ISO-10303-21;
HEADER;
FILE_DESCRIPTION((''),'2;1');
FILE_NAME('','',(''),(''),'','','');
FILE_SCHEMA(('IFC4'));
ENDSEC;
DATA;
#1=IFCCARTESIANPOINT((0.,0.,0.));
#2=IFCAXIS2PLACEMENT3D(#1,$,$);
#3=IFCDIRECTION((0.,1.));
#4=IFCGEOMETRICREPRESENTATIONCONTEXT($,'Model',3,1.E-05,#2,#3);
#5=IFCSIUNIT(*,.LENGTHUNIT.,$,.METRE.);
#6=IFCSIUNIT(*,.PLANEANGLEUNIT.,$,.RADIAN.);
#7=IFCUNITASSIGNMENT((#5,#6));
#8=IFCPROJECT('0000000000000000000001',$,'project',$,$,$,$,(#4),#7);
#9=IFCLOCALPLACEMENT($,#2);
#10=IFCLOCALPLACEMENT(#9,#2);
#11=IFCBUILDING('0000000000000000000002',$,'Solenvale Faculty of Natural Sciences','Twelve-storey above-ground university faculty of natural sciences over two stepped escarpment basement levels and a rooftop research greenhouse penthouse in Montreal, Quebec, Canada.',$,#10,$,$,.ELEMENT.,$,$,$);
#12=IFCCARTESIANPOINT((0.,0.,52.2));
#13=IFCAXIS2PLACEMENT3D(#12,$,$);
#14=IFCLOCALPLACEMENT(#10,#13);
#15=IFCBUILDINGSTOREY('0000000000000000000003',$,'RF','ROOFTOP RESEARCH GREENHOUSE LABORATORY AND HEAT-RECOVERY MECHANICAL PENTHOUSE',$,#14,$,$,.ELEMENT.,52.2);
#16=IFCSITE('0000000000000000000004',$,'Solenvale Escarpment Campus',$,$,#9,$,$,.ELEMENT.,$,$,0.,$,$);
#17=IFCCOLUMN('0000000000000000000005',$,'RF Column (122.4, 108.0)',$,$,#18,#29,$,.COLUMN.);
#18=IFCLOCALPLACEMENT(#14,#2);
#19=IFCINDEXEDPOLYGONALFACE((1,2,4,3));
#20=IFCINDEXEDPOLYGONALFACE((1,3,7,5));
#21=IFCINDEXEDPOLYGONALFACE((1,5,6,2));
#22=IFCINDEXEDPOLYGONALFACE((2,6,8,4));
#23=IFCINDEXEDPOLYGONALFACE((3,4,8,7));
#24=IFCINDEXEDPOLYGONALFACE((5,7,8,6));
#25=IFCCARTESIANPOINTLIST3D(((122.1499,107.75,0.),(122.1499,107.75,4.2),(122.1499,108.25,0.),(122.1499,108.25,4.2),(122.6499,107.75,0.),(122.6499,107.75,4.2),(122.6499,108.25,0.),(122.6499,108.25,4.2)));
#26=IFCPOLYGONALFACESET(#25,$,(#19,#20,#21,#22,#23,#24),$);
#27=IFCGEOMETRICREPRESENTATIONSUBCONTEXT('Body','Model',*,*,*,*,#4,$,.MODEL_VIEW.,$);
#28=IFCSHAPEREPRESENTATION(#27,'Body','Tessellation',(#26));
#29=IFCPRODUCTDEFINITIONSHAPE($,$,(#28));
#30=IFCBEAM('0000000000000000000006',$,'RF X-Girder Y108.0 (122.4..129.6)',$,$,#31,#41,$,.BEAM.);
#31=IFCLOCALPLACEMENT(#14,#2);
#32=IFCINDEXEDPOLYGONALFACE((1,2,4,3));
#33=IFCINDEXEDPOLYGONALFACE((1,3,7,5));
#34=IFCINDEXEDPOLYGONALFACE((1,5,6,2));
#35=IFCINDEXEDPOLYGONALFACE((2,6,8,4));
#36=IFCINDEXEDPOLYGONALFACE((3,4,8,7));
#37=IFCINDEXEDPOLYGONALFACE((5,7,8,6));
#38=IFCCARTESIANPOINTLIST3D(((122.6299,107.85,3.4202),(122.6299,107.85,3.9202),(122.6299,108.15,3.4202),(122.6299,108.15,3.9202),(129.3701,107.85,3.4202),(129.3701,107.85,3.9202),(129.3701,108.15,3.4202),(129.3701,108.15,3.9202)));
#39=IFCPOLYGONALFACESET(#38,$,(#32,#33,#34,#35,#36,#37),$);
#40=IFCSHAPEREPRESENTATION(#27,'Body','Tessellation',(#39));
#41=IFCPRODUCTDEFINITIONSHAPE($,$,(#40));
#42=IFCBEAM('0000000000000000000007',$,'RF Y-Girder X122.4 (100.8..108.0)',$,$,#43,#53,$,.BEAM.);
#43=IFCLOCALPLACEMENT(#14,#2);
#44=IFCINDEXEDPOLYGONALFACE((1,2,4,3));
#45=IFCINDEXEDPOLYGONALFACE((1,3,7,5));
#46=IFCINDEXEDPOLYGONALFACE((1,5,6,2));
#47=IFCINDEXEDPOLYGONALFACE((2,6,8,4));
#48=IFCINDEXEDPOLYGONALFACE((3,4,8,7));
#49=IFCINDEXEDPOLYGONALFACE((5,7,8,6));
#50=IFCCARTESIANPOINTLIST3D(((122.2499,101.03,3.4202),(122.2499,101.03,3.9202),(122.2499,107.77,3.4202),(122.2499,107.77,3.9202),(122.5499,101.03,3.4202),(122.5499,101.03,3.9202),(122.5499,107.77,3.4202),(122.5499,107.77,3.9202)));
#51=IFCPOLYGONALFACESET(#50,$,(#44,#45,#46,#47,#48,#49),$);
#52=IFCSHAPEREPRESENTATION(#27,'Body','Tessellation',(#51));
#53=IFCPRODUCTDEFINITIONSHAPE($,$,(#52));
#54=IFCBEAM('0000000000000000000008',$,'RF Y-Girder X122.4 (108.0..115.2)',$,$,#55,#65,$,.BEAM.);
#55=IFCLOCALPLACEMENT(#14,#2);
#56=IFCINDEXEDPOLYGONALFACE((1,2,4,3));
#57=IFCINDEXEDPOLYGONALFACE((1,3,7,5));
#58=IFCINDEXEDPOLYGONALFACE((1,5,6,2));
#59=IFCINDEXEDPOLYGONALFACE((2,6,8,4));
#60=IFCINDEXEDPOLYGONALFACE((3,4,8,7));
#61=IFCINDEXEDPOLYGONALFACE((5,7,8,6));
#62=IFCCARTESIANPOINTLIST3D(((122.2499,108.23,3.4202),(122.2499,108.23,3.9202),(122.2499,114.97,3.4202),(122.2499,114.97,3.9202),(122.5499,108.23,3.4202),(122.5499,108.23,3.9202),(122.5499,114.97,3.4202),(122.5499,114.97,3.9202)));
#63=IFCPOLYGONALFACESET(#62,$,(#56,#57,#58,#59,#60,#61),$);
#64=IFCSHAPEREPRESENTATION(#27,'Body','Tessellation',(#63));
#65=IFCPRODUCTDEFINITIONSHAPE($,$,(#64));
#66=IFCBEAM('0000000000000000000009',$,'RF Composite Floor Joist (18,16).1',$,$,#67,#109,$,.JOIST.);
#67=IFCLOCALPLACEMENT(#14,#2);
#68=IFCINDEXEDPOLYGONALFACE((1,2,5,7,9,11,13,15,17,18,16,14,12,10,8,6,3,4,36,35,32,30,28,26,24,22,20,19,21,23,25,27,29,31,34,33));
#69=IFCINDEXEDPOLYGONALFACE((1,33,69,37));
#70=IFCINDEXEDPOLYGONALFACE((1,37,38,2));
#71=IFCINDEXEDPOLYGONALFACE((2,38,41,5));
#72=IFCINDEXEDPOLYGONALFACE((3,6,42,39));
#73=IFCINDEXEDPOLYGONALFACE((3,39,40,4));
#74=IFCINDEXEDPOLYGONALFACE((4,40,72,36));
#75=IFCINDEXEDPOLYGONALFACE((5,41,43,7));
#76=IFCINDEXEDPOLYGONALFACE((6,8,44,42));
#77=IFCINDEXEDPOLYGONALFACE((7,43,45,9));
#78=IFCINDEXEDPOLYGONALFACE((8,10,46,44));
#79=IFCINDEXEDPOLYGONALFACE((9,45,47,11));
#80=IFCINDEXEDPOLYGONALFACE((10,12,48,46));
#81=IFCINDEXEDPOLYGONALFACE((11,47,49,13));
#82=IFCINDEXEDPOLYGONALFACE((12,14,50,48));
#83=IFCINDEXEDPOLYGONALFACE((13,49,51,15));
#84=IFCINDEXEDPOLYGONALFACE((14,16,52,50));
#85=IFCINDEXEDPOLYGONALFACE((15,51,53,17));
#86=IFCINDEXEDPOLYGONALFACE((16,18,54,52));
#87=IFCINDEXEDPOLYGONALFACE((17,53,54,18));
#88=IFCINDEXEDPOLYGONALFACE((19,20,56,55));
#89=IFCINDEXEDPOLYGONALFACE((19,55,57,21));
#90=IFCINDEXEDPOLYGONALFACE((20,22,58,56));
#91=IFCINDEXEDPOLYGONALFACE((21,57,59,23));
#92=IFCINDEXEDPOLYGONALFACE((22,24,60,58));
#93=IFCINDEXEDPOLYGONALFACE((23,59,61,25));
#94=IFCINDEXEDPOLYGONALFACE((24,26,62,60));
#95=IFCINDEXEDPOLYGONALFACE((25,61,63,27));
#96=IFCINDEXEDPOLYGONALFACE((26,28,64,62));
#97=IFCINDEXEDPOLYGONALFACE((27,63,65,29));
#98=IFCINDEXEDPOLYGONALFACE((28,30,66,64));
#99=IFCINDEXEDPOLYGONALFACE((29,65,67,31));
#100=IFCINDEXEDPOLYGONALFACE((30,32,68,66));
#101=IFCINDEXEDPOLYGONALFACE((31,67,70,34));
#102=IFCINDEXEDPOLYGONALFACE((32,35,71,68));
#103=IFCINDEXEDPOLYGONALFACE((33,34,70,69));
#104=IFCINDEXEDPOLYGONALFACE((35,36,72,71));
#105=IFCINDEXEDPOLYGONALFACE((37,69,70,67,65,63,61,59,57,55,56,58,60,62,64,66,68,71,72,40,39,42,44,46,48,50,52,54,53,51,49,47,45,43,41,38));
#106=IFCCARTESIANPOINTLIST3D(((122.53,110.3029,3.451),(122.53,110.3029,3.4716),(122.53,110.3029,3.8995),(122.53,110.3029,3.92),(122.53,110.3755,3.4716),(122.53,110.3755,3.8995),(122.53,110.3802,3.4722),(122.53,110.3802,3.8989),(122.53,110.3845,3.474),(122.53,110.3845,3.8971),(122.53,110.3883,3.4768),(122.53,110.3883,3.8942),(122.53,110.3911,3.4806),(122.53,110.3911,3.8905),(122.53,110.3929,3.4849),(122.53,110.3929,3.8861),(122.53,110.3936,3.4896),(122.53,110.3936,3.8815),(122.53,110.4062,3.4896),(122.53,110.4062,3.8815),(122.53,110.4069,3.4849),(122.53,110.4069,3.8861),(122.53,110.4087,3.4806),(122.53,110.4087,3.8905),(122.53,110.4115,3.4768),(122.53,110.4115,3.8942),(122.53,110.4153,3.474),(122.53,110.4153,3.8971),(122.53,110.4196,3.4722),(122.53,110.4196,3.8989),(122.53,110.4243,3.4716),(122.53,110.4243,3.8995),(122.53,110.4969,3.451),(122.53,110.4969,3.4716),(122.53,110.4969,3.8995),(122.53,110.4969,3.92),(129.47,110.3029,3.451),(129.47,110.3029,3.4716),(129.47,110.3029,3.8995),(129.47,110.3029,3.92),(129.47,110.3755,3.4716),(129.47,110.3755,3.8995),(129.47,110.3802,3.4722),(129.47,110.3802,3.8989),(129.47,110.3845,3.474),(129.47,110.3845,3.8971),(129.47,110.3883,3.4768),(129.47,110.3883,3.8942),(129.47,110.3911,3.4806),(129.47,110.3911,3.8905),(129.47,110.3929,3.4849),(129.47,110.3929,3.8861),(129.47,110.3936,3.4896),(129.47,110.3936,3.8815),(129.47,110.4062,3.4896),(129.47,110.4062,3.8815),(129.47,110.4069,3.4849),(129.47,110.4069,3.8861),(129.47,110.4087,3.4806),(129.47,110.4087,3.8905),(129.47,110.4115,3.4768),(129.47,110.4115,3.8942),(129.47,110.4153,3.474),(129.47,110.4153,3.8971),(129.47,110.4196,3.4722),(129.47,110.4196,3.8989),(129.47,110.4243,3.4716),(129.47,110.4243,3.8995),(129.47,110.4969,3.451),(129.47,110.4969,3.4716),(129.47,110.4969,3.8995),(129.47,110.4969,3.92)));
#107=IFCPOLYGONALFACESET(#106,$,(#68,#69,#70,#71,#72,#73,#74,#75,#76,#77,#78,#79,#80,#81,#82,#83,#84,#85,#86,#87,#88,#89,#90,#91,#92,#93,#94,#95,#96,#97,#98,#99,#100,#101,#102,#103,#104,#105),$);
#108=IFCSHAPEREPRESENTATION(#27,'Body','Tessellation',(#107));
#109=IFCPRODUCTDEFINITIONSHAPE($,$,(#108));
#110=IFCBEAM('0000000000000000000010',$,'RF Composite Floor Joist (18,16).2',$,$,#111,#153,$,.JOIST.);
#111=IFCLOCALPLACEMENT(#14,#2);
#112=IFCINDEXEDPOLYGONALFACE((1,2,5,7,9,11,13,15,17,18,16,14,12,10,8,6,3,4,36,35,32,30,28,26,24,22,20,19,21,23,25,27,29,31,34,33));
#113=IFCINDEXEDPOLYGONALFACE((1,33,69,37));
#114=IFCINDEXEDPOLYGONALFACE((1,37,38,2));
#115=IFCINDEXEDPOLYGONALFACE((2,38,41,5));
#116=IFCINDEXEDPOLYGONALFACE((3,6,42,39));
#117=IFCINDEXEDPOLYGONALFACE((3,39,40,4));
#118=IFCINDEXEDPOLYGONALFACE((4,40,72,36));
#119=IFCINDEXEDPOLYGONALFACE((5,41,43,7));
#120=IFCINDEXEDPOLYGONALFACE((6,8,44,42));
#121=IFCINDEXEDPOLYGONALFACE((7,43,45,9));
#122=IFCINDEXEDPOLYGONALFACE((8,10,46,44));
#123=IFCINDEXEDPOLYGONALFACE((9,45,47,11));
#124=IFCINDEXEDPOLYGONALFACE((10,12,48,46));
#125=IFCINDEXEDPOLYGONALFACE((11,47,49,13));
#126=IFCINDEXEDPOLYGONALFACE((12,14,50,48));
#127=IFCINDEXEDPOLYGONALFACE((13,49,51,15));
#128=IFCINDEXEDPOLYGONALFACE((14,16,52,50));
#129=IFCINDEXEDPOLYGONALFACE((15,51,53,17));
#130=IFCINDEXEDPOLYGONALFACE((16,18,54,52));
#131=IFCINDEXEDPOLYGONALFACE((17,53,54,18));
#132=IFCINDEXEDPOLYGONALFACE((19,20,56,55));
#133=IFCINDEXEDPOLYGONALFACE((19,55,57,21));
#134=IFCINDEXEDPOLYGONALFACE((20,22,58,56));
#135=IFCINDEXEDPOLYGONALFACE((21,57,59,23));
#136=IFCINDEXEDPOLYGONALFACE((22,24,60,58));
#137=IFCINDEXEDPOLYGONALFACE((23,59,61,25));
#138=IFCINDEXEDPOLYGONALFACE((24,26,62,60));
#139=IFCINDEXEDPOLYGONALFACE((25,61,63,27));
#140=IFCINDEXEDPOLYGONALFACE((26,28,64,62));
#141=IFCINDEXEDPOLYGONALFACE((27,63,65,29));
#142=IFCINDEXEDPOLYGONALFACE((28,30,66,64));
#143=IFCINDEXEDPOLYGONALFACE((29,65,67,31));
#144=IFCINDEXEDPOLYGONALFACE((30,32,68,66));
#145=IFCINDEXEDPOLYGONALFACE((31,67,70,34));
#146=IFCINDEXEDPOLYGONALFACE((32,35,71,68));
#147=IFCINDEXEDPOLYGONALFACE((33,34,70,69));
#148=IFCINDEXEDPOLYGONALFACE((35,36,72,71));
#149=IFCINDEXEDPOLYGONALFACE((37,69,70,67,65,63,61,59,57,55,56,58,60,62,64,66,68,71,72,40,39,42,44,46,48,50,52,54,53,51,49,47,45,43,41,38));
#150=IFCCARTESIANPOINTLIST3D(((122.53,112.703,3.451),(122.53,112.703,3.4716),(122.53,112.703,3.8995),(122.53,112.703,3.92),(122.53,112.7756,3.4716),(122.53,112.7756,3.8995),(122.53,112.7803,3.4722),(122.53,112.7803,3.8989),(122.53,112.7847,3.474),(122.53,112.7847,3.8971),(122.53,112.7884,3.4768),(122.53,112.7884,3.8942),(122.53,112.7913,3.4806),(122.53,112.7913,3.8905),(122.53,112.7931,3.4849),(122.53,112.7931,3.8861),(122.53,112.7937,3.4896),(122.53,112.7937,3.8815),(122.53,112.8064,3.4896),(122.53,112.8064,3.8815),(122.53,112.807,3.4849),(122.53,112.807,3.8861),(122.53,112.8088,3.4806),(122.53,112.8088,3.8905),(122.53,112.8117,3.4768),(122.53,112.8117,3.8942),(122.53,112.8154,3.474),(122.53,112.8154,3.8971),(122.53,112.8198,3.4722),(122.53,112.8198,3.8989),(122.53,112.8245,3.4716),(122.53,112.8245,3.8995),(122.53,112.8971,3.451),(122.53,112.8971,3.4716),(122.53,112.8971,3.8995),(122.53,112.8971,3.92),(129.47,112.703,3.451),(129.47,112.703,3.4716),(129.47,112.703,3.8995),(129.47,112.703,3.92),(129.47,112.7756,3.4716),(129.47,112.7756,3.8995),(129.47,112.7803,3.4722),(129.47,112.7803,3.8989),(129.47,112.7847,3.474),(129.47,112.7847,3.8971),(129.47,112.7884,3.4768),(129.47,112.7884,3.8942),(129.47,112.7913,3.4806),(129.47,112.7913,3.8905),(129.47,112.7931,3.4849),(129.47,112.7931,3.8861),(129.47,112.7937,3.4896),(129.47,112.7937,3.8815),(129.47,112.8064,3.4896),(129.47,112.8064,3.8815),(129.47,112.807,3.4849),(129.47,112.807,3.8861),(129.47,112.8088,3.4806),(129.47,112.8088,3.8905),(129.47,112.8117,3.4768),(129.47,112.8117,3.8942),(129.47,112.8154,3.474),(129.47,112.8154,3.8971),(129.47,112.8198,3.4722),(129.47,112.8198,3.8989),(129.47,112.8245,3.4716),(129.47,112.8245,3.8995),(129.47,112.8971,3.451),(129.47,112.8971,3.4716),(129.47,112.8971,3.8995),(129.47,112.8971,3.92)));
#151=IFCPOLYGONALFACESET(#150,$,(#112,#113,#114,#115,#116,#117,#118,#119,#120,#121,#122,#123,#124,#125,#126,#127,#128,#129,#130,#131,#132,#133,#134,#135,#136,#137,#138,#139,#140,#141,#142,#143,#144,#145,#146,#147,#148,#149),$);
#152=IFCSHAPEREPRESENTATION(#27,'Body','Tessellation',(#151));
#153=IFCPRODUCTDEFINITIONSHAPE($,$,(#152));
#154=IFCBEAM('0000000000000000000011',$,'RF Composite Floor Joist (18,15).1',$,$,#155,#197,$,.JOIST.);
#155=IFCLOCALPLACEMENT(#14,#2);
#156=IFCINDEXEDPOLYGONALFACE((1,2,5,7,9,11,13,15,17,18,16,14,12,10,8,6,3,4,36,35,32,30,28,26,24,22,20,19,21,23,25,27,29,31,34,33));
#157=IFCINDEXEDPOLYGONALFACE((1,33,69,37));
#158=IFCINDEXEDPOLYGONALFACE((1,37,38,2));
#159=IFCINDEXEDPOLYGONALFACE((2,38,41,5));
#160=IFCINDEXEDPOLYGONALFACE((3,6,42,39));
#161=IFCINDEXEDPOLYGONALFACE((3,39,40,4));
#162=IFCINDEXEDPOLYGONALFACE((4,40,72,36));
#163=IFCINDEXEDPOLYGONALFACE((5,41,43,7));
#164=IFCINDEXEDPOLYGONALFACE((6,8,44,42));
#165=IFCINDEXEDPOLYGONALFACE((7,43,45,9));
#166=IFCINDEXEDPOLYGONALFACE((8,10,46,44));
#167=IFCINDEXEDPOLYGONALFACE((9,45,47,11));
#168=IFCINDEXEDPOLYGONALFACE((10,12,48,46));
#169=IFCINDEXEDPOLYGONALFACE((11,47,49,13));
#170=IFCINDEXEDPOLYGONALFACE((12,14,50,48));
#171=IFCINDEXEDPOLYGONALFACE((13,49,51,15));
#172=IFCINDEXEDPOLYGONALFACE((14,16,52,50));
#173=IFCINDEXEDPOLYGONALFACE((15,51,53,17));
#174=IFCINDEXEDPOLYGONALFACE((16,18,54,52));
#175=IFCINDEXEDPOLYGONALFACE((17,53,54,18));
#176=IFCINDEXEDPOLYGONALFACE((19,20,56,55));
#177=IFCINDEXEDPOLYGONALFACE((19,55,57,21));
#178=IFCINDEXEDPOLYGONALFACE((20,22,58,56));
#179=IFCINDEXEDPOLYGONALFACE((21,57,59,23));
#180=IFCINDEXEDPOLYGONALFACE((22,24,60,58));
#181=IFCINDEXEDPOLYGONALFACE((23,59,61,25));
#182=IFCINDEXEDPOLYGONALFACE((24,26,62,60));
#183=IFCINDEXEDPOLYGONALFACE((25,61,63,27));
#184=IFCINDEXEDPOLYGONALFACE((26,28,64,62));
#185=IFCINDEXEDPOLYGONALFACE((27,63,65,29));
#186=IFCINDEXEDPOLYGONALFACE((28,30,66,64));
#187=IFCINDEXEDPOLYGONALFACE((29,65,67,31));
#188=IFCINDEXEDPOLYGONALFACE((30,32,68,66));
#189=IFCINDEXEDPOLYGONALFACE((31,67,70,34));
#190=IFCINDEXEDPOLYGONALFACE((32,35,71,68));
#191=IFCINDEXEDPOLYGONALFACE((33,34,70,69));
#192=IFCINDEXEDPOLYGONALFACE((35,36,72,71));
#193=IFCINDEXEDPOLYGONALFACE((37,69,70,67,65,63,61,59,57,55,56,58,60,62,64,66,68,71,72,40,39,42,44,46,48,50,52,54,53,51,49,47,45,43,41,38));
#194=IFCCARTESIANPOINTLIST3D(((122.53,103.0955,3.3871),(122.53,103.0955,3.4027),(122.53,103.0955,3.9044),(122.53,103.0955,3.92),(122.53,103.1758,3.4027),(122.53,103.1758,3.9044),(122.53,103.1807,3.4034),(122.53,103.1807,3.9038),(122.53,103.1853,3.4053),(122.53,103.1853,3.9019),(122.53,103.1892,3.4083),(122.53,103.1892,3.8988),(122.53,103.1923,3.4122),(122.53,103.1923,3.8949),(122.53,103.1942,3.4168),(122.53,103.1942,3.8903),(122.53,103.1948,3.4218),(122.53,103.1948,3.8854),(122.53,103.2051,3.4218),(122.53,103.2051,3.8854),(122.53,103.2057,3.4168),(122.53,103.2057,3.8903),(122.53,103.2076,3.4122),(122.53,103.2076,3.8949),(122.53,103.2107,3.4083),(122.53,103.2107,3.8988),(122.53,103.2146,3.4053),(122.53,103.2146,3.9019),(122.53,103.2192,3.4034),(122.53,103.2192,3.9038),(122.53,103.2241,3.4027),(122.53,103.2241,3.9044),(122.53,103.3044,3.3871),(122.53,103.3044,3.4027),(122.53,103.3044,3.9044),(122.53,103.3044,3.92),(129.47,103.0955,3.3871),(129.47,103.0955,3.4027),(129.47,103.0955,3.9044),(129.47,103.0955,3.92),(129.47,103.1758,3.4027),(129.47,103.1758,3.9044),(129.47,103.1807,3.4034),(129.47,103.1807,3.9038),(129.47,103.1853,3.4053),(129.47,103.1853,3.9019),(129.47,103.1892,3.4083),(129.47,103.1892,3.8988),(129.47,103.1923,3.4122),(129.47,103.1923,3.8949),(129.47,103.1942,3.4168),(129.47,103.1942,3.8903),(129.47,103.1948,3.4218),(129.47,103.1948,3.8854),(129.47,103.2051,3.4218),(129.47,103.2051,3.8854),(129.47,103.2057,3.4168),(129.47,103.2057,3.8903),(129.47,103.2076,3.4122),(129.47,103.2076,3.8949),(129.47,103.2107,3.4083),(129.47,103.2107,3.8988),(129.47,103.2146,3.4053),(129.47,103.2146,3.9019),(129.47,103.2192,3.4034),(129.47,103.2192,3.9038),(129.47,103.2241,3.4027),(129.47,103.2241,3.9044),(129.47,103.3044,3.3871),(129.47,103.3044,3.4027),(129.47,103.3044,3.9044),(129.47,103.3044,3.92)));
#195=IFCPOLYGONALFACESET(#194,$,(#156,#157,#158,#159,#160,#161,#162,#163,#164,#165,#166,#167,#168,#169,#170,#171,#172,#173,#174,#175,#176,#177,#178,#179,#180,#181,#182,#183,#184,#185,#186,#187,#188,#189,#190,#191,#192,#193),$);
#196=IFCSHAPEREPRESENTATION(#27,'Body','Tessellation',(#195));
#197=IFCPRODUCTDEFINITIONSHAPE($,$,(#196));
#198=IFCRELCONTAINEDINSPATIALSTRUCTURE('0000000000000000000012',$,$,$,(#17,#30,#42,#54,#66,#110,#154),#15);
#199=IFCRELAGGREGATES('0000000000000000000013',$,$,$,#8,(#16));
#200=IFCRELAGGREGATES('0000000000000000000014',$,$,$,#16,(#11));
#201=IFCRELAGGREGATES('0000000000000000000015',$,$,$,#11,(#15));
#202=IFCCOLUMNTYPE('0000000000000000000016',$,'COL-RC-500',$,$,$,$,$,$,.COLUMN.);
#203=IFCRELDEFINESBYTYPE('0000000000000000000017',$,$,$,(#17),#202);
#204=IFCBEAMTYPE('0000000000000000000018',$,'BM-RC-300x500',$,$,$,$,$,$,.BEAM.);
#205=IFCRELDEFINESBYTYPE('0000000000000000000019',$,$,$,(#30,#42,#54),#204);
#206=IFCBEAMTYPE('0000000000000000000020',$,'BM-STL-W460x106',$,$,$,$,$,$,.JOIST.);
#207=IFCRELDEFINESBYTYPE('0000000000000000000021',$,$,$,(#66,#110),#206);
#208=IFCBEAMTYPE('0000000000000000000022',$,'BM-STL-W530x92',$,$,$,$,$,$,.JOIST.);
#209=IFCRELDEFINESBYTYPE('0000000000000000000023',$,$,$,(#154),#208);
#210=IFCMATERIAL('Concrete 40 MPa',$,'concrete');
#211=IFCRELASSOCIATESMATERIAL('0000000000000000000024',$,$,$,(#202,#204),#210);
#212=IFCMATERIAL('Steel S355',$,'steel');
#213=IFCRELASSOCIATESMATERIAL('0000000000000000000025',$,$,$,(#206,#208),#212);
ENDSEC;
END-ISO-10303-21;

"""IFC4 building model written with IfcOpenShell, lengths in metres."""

from ifc_helpers import new_model, si_unit, direction, frame, origin, origin_2d, place, context, subcontext, project, spatial, rectangle, i_section, extrude, material, material_profile, profile_set, type_object, element, save


model = new_model("IFC4")

# Units and contexts
model_context = context("Model", 3, precision=1e-05, world=origin(), true_north=direction((0.0, 1.0)))
body_context = subcontext(model_context, "Body", "Model", "MODEL_VIEW")
ifc_project = project(units=[si_unit("LENGTHUNIT", "METRE"), si_unit("PLANEANGLEUNIT", "RADIAN")], contexts=[model_context])

# Site, building, storey
site_placement = place(None, origin())
site = spatial("IfcSite", under=ifc_project, at=site_placement, Name="Solenvale Escarpment Campus", CompositionType="ELEMENT", RefElevation=0.0)
building_placement = place(site_placement, origin())
building = spatial("IfcBuilding", under=site, at=building_placement, Name="Solenvale Faculty of Natural Sciences", Description="Twelve-storey above-ground university faculty of natural sciences over two stepped escarpment basement levels and a rooftop research greenhouse penthouse in Montreal, Quebec, Canada.", CompositionType="ELEMENT")
storey_placement = place(building_placement, frame((0.0, 0.0, 52.2)))
storey = spatial("IfcBuildingStorey", under=building, at=storey_placement, Name="RF", Description="ROOFTOP RESEARCH GREENHOUSE LABORATORY AND HEAT-RECOVERY MECHANICAL PENTHOUSE", CompositionType="ELEMENT", Elevation=52.2)

# Column
ifc_material_1 = material(Name="Concrete 40 MPa", Category="concrete")
ifc_material_profile_1 = material_profile(ifc_material_1, rectangle(XDim=0.5, YDim=0.5, at=origin_2d()), Name="RC-COL-500x500")
ifc_profile_set_1 = profile_set([ifc_material_profile_1], Name="Concrete 40 MPa")
column_type = type_object("IfcColumnType", Name="COL-RC-500", PredefinedType="COLUMN", material=ifc_profile_set_1)
column_placement = place(storey_placement, frame((122.3999, 108.0, 0.0), z_axis=(0.0, 0.0, 1.0), x_axis=(1.0, 0.0, 0.0)))
element("IfcColumn", 1, at=column_placement, inside=storey, type_object=column_type, Name="RF Column (122.4, 108.0)", PredefinedType="COLUMN", context=body_context, shape_type="SweptSolid", body=[
    extrude(rectangle(XDim=0.5, YDim=0.5, at=origin_2d()), origin(), (0.0, 0.0, 1.0), 4.2),
])

# Beams
ifc_material_profile_2 = material_profile(ifc_material_1, rectangle(XDim=0.3, YDim=0.5, at=origin_2d()), Name="RC-BM-300x500")
ifc_profile_set_2 = profile_set([ifc_material_profile_2], Name="Concrete 40 MPa")
beam_type_1 = type_object("IfcBeamType", Name="BM-RC-300x500", PredefinedType="BEAM", material=ifc_profile_set_2)
beam_placement = place(storey_placement, frame((122.6299, 108.0, 3.6702), z_axis=(1.0, 0.0, 0.0), x_axis=(0.0, 1.0, 0.0)))
element("IfcBeam", 2, at=beam_placement, inside=storey, type_object=beam_type_1, Name="RF X-Girder Y108.0 (122.4..129.6)", PredefinedType="BEAM", context=body_context, shape_type="SweptSolid", body=[
    extrude(rectangle(XDim=0.3, YDim=0.5, at=origin_2d()), origin(), (0.0, 0.0, 1.0), 6.7402),
])
for number, where, z_axis, x_axis, name in (
    (3, (122.3999, 101.03, 3.6702), (0.0, 1.0, 0.0), (-1.0, 0.0, 0.0), "RF Y-Girder X122.4 (100.8..108.0)"),
    (4, (122.3999, 108.23, 3.6702), (0.0, 1.0, 0.0), (-1.0, 0.0, 0.0), "RF Y-Girder X122.4 (108.0..115.2)"),
):
    element("IfcBeam", number, at=place(storey_placement, frame(where, z_axis=z_axis, x_axis=x_axis)), inside=storey, type_object=beam_type_1, Name=name, PredefinedType="BEAM", context=body_context, shape_type="SweptSolid", body=[
        extrude(rectangle(XDim=0.3, YDim=0.5, at=origin_2d()), origin(), (0.0, 0.0, 1.0), 6.74),
    ])
ifc_material_2 = material(Name="Steel S355", Category="steel")
ifc_material_profile_3 = material_profile(ifc_material_2, i_section(OverallWidth=0.1941, OverallDepth=0.469, WebThickness=0.0127, FlangeThickness=0.0205, FilletRadius=0.0181, at=origin_2d()), Name="W460x106")
ifc_profile_set_3 = profile_set([ifc_material_profile_3], Name="Steel S355")
beam_type_2 = type_object("IfcBeamType", Name="BM-STL-W460x106", PredefinedType="JOIST", material=ifc_profile_set_3)
for number, where, z_axis, x_axis, name in (
    (5, (122.53, 110.3999, 3.6855), (1.0, 0.0, 0.0), (0.0, 1.0, 0.0), "RF Composite Floor Joist (18,16).1"),
    (6, (122.53, 112.8, 3.6855), (1.0, 0.0, 0.0), (0.0, 1.0, 0.0), "RF Composite Floor Joist (18,16).2"),
):
    element("IfcBeam", number, at=place(storey_placement, frame(where, z_axis=z_axis, x_axis=x_axis)), inside=storey, type_object=beam_type_2, Name=name, PredefinedType="JOIST", context=body_context, shape_type="SweptSolid", body=[
        extrude(i_section(OverallWidth=0.1941, OverallDepth=0.469, WebThickness=0.0127, FlangeThickness=0.0205, FilletRadius=0.0181, at=origin_2d()), origin(), (0.0, 0.0, 1.0), 6.9399),
    ])
ifc_material_profile_4 = material_profile(ifc_material_2, i_section(OverallWidth=0.209, OverallDepth=0.533, WebThickness=0.0103, FlangeThickness=0.0156, FilletRadius=0.019, at=origin_2d()), Name="W530x92")
ifc_profile_set_4 = profile_set([ifc_material_profile_4], Name="Steel S355")
beam_type_3 = type_object("IfcBeamType", Name="BM-STL-W530x92", PredefinedType="JOIST", material=ifc_profile_set_4)
for number, where, z_axis, x_axis, name in (
    (7, (122.53, 103.2, 3.6536), (1.0, 0.0, 0.0), (0.0, 1.0, 0.0), "RF Composite Floor Joist (18,15).1"),
):
    element("IfcBeam", number, at=place(storey_placement, frame(where, z_axis=z_axis, x_axis=x_axis)), inside=storey, type_object=beam_type_3, Name=name, PredefinedType="JOIST", context=body_context, shape_type="SweptSolid", body=[
        extrude(i_section(OverallWidth=0.209, OverallDepth=0.533, WebThickness=0.0103, FlangeThickness=0.0156, FilletRadius=0.019, at=origin_2d()), origin(), (0.0, 0.0, 1.0), 6.9399),
    ])

save(model, "model.ifc")
